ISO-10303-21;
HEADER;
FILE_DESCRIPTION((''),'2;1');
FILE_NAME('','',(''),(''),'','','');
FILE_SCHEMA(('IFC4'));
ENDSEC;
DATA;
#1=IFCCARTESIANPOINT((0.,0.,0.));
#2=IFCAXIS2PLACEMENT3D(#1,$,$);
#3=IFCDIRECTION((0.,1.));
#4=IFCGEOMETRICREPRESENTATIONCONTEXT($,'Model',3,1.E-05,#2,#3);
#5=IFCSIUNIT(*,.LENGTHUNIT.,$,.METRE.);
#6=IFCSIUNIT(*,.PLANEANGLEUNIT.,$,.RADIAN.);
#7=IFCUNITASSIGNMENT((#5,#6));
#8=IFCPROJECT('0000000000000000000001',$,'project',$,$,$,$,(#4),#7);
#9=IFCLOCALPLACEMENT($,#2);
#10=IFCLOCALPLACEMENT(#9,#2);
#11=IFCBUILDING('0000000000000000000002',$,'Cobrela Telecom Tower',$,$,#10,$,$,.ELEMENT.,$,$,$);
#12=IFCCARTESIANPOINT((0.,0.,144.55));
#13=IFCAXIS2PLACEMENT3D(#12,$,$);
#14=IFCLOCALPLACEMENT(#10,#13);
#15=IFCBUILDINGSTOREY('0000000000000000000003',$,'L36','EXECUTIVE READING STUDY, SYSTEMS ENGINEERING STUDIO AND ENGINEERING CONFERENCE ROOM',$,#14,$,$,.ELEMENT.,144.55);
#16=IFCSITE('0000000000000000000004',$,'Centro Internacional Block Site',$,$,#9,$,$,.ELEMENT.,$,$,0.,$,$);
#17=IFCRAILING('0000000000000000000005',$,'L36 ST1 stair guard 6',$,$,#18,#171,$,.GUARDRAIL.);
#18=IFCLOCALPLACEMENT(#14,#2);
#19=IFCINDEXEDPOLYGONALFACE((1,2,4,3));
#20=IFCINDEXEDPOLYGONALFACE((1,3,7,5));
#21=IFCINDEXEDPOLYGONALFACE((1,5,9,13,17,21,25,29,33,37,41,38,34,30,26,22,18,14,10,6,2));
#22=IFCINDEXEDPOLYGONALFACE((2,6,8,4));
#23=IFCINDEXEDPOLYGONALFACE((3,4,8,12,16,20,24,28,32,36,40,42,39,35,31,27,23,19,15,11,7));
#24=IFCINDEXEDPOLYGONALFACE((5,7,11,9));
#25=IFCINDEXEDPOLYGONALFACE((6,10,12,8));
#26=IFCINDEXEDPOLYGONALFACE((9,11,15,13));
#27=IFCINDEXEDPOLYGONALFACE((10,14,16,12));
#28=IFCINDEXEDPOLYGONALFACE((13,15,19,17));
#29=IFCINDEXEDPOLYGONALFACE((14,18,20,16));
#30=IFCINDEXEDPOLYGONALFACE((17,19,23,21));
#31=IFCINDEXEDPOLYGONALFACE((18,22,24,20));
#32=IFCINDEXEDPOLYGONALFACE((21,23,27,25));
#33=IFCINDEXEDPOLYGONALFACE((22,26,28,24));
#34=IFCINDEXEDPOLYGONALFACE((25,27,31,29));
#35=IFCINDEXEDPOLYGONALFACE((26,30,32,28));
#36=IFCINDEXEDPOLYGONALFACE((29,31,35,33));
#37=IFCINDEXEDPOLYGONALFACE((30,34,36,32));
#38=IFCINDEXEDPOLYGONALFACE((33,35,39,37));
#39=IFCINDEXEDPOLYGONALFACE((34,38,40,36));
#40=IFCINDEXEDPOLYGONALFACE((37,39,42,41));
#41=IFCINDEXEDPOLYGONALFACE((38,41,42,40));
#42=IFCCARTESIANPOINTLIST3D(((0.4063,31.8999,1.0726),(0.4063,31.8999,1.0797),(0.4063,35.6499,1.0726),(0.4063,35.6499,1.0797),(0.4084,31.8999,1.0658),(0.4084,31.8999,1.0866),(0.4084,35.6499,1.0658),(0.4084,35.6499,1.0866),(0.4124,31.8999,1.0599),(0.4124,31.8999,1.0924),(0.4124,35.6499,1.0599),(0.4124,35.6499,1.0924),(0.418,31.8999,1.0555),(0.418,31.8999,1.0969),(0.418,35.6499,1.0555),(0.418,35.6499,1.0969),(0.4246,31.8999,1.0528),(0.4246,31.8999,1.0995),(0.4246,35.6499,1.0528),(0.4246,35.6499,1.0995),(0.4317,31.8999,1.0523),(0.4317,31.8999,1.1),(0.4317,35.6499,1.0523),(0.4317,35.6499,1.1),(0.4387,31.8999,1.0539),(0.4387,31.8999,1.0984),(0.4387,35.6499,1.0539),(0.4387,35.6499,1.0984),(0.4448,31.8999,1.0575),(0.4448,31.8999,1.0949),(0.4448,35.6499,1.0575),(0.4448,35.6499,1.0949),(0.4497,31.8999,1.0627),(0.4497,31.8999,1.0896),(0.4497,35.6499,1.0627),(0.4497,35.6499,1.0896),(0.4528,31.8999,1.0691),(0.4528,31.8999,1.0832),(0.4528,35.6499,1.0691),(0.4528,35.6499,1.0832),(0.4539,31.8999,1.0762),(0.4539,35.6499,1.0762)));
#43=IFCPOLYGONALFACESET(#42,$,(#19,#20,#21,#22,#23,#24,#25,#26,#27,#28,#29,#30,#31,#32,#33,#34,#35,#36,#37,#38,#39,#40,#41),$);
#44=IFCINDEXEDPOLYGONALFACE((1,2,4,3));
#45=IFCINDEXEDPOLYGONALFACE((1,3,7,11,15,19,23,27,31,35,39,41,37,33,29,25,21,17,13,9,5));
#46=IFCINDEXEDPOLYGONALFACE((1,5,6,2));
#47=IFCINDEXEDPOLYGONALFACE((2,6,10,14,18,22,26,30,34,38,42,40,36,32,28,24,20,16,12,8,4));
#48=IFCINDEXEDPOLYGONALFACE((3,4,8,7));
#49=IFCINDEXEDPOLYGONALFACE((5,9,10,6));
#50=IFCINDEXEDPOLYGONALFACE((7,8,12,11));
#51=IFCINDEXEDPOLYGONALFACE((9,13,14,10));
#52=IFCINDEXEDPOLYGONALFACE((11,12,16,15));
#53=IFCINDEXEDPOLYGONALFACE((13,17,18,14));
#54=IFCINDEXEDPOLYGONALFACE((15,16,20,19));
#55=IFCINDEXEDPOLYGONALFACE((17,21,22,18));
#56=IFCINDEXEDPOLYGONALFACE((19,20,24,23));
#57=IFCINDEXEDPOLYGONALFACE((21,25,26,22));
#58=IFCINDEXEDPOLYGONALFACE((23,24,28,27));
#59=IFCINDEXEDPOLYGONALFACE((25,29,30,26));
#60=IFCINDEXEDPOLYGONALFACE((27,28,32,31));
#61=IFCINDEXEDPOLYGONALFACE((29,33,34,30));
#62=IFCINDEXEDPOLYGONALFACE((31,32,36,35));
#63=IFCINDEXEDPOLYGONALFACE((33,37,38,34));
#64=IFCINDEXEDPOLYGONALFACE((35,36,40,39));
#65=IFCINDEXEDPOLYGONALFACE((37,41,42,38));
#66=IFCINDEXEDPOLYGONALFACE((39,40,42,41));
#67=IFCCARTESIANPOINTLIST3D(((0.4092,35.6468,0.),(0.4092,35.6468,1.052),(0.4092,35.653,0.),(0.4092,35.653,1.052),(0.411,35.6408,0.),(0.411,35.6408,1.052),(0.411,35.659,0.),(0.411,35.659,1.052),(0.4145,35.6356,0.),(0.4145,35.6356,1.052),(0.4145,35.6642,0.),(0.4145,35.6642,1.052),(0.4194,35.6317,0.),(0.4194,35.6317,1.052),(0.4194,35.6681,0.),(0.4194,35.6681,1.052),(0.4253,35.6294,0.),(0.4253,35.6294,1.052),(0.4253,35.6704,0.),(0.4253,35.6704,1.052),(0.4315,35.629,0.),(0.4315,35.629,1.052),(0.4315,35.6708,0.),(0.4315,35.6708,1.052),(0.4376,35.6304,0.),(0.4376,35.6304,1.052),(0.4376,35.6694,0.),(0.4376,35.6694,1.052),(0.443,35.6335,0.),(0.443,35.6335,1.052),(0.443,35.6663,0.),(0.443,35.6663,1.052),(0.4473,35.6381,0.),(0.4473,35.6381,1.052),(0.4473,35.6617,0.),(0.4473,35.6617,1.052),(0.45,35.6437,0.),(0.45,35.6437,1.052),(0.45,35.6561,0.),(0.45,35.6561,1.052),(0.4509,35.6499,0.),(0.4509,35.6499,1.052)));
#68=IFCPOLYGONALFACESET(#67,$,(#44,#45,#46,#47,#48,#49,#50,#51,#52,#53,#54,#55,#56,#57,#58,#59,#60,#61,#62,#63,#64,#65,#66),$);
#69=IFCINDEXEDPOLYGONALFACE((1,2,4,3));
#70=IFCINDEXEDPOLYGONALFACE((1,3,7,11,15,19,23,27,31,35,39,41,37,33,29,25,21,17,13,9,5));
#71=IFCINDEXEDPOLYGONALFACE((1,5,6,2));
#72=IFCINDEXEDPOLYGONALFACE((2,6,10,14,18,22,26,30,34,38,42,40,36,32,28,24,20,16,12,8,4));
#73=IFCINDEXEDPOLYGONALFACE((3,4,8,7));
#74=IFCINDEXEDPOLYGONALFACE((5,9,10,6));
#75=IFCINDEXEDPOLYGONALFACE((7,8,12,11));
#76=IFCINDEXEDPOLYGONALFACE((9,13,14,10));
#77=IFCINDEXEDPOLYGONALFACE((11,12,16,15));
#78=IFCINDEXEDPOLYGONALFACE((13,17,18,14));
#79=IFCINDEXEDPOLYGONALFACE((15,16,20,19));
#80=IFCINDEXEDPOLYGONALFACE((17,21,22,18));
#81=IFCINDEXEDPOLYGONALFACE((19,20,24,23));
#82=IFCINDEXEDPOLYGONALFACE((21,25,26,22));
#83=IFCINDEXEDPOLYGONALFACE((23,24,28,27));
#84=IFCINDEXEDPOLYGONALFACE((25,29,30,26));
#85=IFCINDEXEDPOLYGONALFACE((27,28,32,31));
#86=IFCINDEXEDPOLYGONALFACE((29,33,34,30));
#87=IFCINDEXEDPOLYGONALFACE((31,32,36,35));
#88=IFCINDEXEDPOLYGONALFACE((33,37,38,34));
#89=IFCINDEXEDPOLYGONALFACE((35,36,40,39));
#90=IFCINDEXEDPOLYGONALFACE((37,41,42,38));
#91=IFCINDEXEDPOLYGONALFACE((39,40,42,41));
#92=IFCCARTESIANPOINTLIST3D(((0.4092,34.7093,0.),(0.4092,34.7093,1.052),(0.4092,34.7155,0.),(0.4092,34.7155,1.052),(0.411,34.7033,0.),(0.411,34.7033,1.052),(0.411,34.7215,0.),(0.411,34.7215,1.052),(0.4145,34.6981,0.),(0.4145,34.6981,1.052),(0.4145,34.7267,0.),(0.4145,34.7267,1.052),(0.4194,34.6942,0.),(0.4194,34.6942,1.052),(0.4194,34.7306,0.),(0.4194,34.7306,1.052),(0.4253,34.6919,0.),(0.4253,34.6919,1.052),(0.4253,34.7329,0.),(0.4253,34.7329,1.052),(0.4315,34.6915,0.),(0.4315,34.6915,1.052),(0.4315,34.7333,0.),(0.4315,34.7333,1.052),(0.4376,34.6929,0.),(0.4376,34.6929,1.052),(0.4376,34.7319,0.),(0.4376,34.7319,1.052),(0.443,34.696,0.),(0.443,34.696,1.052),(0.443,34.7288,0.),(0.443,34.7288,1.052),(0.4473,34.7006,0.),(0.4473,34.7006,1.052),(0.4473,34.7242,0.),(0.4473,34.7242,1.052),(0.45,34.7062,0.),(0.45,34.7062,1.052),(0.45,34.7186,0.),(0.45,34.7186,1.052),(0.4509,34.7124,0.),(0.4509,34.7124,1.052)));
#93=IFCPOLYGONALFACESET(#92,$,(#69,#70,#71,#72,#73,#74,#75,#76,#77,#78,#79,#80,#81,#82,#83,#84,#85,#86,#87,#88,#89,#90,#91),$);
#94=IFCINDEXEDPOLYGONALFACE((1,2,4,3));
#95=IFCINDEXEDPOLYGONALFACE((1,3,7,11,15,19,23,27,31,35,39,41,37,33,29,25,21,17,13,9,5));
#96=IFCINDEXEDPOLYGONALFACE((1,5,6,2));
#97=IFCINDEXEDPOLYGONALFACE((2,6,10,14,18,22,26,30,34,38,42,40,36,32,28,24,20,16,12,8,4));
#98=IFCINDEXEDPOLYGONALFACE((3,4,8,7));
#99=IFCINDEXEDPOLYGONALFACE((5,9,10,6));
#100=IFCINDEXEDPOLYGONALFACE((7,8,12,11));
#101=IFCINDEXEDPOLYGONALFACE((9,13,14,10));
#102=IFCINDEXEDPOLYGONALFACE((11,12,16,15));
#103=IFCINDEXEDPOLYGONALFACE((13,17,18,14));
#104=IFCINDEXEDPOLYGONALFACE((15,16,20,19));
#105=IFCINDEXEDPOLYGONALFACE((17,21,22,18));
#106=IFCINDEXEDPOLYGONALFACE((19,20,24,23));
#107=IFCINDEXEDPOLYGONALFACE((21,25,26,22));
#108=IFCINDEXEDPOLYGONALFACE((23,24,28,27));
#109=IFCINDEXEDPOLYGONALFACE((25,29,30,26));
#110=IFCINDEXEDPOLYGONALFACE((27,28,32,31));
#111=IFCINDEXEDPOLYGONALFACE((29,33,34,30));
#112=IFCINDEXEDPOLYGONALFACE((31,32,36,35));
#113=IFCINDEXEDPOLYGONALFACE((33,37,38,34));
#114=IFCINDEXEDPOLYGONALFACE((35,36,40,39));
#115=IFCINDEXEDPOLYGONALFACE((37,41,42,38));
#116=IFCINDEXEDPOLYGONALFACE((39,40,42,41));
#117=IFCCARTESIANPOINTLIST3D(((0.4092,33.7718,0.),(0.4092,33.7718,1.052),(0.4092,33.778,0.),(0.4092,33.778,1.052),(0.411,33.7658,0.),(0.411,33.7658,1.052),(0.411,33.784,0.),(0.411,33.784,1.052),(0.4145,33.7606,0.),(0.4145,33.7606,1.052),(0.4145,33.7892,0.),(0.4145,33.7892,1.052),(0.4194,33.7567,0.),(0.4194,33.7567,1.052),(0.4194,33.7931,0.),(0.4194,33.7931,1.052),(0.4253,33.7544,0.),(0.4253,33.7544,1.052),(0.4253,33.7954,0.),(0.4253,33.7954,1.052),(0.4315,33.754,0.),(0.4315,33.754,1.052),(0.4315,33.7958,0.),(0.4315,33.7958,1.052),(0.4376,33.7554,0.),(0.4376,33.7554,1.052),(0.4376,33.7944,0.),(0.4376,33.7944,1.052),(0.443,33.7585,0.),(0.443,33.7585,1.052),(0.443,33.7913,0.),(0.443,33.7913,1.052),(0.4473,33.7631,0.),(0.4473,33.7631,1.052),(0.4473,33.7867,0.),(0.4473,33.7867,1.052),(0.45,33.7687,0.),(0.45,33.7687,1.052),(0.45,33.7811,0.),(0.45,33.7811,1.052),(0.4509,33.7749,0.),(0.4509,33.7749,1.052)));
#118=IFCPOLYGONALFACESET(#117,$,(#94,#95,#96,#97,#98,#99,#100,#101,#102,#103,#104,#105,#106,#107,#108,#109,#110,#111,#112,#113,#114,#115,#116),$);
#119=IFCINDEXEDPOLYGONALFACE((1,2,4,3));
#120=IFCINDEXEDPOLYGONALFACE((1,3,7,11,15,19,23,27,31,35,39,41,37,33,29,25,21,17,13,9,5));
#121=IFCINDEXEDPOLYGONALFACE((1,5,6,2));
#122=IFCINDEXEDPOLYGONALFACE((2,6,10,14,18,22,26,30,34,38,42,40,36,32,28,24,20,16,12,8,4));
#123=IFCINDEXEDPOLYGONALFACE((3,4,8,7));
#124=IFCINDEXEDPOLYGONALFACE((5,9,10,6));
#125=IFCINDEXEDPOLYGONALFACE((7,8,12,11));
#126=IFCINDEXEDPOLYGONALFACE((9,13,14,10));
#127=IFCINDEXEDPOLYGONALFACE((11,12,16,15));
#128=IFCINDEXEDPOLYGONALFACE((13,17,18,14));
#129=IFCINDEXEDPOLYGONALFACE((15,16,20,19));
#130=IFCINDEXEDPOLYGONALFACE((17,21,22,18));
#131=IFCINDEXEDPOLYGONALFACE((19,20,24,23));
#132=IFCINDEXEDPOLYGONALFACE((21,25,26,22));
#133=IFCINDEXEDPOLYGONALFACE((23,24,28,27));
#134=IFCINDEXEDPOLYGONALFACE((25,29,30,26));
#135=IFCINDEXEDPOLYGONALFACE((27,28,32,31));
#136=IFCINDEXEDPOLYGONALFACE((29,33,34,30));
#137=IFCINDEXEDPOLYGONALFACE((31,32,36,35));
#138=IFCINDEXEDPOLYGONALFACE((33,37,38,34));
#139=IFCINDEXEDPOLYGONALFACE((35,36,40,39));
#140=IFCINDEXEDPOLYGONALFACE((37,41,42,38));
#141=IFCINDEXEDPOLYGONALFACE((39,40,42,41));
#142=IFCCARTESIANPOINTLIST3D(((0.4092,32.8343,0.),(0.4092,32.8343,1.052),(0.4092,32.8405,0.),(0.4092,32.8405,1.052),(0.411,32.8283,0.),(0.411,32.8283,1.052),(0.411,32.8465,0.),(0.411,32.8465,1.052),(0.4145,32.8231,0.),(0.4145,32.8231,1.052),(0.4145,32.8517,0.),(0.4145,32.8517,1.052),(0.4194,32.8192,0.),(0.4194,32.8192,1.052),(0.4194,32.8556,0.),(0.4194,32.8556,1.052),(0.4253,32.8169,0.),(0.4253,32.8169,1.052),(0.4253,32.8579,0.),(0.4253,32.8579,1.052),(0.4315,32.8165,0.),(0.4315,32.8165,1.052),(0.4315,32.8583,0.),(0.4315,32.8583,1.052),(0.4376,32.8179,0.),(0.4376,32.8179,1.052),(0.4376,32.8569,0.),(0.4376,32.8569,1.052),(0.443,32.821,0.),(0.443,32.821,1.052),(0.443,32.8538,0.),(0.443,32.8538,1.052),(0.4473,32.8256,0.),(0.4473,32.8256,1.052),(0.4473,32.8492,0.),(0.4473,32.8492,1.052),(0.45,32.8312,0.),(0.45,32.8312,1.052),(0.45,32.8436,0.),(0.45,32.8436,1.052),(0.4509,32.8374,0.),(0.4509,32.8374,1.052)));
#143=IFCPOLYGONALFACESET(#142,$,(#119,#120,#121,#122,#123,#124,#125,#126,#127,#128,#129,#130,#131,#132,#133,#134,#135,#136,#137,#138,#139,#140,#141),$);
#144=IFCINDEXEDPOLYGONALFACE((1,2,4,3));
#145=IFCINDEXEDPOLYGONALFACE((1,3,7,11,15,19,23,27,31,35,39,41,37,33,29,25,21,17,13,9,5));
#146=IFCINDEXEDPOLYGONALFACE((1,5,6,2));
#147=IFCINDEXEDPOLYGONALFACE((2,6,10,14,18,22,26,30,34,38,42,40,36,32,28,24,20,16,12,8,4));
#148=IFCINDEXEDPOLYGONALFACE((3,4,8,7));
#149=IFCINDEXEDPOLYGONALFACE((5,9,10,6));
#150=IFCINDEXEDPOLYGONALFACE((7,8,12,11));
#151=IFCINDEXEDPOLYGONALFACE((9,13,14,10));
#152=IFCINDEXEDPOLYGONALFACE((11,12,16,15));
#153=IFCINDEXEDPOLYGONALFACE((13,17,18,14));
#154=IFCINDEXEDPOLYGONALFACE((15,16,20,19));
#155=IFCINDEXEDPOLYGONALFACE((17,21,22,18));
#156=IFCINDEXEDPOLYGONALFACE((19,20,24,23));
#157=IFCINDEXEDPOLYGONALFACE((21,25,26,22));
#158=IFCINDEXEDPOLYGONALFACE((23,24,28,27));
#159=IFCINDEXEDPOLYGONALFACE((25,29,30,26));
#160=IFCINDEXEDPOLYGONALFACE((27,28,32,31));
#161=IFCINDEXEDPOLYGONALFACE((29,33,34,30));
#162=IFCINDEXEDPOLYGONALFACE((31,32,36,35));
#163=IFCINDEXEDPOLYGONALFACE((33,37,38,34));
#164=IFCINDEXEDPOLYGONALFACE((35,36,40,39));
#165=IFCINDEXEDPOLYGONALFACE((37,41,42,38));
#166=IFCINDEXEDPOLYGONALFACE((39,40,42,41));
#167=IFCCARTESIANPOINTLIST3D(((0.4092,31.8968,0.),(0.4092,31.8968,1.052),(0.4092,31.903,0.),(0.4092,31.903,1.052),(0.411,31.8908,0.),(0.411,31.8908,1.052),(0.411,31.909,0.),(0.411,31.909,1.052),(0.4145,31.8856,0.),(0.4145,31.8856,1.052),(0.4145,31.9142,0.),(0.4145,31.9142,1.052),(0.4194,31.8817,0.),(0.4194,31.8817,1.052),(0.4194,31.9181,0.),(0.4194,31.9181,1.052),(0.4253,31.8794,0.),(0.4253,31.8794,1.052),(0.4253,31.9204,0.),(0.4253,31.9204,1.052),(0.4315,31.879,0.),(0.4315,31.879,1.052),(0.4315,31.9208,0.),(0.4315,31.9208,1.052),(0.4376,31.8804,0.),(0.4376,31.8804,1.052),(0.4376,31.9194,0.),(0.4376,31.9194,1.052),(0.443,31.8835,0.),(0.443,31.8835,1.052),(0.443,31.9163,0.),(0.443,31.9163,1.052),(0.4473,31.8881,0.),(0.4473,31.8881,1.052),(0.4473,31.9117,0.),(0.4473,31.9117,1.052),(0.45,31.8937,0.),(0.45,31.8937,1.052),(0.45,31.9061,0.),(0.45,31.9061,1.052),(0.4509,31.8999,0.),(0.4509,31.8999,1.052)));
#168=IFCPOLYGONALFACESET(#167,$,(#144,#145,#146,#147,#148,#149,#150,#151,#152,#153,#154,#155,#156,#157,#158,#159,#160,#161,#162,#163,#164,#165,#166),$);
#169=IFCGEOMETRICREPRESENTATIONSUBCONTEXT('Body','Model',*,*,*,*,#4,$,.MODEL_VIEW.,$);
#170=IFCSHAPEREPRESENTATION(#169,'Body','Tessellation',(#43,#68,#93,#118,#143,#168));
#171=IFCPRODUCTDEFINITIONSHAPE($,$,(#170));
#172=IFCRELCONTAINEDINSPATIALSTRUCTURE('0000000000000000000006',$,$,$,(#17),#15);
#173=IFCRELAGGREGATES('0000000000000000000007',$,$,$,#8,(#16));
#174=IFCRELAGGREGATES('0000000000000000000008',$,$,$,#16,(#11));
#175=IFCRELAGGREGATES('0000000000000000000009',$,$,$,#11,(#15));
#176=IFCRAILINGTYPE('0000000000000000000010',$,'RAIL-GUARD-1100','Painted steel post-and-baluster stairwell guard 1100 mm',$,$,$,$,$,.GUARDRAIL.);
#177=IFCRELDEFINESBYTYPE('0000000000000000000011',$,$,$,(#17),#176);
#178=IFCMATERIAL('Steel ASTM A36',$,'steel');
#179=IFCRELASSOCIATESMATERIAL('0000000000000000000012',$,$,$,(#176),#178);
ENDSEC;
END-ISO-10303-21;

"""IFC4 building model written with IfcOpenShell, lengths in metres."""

from ifc_helpers import new_model, si_unit, direction, frame, origin, origin_2d, place, context, subcontext, project, spatial, circle, extrude, material, type_object, element, save


model = new_model("IFC4")

# Units and contexts
model_context = context("Model", 3, precision=1e-05, world=origin(), true_north=direction((0.0, 1.0)))
body_context = subcontext(model_context, "Body", "Model", "MODEL_VIEW")
ifc_project = project(units=[si_unit("LENGTHUNIT", "METRE"), si_unit("PLANEANGLEUNIT", "RADIAN")], contexts=[model_context])

# Site, building, storey
site_placement = place(None, origin())
site = spatial("IfcSite", under=ifc_project, at=site_placement, Name="Centro Internacional Block Site", CompositionType="ELEMENT", RefElevation=0.0)
building_placement = place(site_placement, origin())
building = spatial("IfcBuilding", under=site, at=building_placement, Name="Cobrela Telecom Tower", CompositionType="ELEMENT")
storey_placement = place(building_placement, frame((0.0, 0.0, 144.55)))
storey = spatial("IfcBuildingStorey", under=building, at=storey_placement, Name="L36", Description="EXECUTIVE READING STUDY, SYSTEMS ENGINEERING STUDIO AND ENGINEERING CONFERENCE ROOM", CompositionType="ELEMENT", Elevation=144.55)

# Shared definitions
ifc_material_1 = material(Name="Steel ASTM A36", Category="steel")

# Railing
railing_type_1 = type_object("IfcRailingType", Name="RAIL-GUARD-1100", Description="Painted steel post-and-baluster stairwell guard 1100 mm", PredefinedType="GUARDRAIL", material=ifc_material_1)
railing_1_placement = place(storey_placement, frame((0.4299, 35.6499, 0.0)))
element("IfcRailing", 1, at=railing_1_placement, inside=storey, type_object=railing_type_1, Name="L36 ST1 stair guard 6", PredefinedType="GUARDRAIL", context=body_context, shape_type="SweptSolid", body=[
    extrude(circle(Radius=0.0239, at=origin_2d()), frame((0.0, 0.0, 1.0762), z_axis=(0.0, -1.0, 0.0), x_axis=(1.0, 0.0, 0.0)), (0.0, 0.0, 1.0), 3.75),
    extrude(circle(Radius=0.021, at=origin_2d()), origin(), (0.0, 0.0, 1.0), 1.052),
    extrude(circle(Radius=0.021, at=origin_2d()), frame((0.0, -0.9375, 0.0)), (0.0, 0.0, 1.0), 1.052),
    extrude(circle(Radius=0.021, at=origin_2d()), frame((0.0, -1.875, 0.0)), (0.0, 0.0, 1.0), 1.052),
    extrude(circle(Radius=0.021, at=origin_2d()), frame((0.0, -2.8125, 0.0)), (0.0, 0.0, 1.0), 1.052),
    extrude(circle(Radius=0.021, at=origin_2d()), frame((0.0, -3.75, 0.0)), (0.0, 0.0, 1.0), 1.052),
])

save(model, "model.ifc")
